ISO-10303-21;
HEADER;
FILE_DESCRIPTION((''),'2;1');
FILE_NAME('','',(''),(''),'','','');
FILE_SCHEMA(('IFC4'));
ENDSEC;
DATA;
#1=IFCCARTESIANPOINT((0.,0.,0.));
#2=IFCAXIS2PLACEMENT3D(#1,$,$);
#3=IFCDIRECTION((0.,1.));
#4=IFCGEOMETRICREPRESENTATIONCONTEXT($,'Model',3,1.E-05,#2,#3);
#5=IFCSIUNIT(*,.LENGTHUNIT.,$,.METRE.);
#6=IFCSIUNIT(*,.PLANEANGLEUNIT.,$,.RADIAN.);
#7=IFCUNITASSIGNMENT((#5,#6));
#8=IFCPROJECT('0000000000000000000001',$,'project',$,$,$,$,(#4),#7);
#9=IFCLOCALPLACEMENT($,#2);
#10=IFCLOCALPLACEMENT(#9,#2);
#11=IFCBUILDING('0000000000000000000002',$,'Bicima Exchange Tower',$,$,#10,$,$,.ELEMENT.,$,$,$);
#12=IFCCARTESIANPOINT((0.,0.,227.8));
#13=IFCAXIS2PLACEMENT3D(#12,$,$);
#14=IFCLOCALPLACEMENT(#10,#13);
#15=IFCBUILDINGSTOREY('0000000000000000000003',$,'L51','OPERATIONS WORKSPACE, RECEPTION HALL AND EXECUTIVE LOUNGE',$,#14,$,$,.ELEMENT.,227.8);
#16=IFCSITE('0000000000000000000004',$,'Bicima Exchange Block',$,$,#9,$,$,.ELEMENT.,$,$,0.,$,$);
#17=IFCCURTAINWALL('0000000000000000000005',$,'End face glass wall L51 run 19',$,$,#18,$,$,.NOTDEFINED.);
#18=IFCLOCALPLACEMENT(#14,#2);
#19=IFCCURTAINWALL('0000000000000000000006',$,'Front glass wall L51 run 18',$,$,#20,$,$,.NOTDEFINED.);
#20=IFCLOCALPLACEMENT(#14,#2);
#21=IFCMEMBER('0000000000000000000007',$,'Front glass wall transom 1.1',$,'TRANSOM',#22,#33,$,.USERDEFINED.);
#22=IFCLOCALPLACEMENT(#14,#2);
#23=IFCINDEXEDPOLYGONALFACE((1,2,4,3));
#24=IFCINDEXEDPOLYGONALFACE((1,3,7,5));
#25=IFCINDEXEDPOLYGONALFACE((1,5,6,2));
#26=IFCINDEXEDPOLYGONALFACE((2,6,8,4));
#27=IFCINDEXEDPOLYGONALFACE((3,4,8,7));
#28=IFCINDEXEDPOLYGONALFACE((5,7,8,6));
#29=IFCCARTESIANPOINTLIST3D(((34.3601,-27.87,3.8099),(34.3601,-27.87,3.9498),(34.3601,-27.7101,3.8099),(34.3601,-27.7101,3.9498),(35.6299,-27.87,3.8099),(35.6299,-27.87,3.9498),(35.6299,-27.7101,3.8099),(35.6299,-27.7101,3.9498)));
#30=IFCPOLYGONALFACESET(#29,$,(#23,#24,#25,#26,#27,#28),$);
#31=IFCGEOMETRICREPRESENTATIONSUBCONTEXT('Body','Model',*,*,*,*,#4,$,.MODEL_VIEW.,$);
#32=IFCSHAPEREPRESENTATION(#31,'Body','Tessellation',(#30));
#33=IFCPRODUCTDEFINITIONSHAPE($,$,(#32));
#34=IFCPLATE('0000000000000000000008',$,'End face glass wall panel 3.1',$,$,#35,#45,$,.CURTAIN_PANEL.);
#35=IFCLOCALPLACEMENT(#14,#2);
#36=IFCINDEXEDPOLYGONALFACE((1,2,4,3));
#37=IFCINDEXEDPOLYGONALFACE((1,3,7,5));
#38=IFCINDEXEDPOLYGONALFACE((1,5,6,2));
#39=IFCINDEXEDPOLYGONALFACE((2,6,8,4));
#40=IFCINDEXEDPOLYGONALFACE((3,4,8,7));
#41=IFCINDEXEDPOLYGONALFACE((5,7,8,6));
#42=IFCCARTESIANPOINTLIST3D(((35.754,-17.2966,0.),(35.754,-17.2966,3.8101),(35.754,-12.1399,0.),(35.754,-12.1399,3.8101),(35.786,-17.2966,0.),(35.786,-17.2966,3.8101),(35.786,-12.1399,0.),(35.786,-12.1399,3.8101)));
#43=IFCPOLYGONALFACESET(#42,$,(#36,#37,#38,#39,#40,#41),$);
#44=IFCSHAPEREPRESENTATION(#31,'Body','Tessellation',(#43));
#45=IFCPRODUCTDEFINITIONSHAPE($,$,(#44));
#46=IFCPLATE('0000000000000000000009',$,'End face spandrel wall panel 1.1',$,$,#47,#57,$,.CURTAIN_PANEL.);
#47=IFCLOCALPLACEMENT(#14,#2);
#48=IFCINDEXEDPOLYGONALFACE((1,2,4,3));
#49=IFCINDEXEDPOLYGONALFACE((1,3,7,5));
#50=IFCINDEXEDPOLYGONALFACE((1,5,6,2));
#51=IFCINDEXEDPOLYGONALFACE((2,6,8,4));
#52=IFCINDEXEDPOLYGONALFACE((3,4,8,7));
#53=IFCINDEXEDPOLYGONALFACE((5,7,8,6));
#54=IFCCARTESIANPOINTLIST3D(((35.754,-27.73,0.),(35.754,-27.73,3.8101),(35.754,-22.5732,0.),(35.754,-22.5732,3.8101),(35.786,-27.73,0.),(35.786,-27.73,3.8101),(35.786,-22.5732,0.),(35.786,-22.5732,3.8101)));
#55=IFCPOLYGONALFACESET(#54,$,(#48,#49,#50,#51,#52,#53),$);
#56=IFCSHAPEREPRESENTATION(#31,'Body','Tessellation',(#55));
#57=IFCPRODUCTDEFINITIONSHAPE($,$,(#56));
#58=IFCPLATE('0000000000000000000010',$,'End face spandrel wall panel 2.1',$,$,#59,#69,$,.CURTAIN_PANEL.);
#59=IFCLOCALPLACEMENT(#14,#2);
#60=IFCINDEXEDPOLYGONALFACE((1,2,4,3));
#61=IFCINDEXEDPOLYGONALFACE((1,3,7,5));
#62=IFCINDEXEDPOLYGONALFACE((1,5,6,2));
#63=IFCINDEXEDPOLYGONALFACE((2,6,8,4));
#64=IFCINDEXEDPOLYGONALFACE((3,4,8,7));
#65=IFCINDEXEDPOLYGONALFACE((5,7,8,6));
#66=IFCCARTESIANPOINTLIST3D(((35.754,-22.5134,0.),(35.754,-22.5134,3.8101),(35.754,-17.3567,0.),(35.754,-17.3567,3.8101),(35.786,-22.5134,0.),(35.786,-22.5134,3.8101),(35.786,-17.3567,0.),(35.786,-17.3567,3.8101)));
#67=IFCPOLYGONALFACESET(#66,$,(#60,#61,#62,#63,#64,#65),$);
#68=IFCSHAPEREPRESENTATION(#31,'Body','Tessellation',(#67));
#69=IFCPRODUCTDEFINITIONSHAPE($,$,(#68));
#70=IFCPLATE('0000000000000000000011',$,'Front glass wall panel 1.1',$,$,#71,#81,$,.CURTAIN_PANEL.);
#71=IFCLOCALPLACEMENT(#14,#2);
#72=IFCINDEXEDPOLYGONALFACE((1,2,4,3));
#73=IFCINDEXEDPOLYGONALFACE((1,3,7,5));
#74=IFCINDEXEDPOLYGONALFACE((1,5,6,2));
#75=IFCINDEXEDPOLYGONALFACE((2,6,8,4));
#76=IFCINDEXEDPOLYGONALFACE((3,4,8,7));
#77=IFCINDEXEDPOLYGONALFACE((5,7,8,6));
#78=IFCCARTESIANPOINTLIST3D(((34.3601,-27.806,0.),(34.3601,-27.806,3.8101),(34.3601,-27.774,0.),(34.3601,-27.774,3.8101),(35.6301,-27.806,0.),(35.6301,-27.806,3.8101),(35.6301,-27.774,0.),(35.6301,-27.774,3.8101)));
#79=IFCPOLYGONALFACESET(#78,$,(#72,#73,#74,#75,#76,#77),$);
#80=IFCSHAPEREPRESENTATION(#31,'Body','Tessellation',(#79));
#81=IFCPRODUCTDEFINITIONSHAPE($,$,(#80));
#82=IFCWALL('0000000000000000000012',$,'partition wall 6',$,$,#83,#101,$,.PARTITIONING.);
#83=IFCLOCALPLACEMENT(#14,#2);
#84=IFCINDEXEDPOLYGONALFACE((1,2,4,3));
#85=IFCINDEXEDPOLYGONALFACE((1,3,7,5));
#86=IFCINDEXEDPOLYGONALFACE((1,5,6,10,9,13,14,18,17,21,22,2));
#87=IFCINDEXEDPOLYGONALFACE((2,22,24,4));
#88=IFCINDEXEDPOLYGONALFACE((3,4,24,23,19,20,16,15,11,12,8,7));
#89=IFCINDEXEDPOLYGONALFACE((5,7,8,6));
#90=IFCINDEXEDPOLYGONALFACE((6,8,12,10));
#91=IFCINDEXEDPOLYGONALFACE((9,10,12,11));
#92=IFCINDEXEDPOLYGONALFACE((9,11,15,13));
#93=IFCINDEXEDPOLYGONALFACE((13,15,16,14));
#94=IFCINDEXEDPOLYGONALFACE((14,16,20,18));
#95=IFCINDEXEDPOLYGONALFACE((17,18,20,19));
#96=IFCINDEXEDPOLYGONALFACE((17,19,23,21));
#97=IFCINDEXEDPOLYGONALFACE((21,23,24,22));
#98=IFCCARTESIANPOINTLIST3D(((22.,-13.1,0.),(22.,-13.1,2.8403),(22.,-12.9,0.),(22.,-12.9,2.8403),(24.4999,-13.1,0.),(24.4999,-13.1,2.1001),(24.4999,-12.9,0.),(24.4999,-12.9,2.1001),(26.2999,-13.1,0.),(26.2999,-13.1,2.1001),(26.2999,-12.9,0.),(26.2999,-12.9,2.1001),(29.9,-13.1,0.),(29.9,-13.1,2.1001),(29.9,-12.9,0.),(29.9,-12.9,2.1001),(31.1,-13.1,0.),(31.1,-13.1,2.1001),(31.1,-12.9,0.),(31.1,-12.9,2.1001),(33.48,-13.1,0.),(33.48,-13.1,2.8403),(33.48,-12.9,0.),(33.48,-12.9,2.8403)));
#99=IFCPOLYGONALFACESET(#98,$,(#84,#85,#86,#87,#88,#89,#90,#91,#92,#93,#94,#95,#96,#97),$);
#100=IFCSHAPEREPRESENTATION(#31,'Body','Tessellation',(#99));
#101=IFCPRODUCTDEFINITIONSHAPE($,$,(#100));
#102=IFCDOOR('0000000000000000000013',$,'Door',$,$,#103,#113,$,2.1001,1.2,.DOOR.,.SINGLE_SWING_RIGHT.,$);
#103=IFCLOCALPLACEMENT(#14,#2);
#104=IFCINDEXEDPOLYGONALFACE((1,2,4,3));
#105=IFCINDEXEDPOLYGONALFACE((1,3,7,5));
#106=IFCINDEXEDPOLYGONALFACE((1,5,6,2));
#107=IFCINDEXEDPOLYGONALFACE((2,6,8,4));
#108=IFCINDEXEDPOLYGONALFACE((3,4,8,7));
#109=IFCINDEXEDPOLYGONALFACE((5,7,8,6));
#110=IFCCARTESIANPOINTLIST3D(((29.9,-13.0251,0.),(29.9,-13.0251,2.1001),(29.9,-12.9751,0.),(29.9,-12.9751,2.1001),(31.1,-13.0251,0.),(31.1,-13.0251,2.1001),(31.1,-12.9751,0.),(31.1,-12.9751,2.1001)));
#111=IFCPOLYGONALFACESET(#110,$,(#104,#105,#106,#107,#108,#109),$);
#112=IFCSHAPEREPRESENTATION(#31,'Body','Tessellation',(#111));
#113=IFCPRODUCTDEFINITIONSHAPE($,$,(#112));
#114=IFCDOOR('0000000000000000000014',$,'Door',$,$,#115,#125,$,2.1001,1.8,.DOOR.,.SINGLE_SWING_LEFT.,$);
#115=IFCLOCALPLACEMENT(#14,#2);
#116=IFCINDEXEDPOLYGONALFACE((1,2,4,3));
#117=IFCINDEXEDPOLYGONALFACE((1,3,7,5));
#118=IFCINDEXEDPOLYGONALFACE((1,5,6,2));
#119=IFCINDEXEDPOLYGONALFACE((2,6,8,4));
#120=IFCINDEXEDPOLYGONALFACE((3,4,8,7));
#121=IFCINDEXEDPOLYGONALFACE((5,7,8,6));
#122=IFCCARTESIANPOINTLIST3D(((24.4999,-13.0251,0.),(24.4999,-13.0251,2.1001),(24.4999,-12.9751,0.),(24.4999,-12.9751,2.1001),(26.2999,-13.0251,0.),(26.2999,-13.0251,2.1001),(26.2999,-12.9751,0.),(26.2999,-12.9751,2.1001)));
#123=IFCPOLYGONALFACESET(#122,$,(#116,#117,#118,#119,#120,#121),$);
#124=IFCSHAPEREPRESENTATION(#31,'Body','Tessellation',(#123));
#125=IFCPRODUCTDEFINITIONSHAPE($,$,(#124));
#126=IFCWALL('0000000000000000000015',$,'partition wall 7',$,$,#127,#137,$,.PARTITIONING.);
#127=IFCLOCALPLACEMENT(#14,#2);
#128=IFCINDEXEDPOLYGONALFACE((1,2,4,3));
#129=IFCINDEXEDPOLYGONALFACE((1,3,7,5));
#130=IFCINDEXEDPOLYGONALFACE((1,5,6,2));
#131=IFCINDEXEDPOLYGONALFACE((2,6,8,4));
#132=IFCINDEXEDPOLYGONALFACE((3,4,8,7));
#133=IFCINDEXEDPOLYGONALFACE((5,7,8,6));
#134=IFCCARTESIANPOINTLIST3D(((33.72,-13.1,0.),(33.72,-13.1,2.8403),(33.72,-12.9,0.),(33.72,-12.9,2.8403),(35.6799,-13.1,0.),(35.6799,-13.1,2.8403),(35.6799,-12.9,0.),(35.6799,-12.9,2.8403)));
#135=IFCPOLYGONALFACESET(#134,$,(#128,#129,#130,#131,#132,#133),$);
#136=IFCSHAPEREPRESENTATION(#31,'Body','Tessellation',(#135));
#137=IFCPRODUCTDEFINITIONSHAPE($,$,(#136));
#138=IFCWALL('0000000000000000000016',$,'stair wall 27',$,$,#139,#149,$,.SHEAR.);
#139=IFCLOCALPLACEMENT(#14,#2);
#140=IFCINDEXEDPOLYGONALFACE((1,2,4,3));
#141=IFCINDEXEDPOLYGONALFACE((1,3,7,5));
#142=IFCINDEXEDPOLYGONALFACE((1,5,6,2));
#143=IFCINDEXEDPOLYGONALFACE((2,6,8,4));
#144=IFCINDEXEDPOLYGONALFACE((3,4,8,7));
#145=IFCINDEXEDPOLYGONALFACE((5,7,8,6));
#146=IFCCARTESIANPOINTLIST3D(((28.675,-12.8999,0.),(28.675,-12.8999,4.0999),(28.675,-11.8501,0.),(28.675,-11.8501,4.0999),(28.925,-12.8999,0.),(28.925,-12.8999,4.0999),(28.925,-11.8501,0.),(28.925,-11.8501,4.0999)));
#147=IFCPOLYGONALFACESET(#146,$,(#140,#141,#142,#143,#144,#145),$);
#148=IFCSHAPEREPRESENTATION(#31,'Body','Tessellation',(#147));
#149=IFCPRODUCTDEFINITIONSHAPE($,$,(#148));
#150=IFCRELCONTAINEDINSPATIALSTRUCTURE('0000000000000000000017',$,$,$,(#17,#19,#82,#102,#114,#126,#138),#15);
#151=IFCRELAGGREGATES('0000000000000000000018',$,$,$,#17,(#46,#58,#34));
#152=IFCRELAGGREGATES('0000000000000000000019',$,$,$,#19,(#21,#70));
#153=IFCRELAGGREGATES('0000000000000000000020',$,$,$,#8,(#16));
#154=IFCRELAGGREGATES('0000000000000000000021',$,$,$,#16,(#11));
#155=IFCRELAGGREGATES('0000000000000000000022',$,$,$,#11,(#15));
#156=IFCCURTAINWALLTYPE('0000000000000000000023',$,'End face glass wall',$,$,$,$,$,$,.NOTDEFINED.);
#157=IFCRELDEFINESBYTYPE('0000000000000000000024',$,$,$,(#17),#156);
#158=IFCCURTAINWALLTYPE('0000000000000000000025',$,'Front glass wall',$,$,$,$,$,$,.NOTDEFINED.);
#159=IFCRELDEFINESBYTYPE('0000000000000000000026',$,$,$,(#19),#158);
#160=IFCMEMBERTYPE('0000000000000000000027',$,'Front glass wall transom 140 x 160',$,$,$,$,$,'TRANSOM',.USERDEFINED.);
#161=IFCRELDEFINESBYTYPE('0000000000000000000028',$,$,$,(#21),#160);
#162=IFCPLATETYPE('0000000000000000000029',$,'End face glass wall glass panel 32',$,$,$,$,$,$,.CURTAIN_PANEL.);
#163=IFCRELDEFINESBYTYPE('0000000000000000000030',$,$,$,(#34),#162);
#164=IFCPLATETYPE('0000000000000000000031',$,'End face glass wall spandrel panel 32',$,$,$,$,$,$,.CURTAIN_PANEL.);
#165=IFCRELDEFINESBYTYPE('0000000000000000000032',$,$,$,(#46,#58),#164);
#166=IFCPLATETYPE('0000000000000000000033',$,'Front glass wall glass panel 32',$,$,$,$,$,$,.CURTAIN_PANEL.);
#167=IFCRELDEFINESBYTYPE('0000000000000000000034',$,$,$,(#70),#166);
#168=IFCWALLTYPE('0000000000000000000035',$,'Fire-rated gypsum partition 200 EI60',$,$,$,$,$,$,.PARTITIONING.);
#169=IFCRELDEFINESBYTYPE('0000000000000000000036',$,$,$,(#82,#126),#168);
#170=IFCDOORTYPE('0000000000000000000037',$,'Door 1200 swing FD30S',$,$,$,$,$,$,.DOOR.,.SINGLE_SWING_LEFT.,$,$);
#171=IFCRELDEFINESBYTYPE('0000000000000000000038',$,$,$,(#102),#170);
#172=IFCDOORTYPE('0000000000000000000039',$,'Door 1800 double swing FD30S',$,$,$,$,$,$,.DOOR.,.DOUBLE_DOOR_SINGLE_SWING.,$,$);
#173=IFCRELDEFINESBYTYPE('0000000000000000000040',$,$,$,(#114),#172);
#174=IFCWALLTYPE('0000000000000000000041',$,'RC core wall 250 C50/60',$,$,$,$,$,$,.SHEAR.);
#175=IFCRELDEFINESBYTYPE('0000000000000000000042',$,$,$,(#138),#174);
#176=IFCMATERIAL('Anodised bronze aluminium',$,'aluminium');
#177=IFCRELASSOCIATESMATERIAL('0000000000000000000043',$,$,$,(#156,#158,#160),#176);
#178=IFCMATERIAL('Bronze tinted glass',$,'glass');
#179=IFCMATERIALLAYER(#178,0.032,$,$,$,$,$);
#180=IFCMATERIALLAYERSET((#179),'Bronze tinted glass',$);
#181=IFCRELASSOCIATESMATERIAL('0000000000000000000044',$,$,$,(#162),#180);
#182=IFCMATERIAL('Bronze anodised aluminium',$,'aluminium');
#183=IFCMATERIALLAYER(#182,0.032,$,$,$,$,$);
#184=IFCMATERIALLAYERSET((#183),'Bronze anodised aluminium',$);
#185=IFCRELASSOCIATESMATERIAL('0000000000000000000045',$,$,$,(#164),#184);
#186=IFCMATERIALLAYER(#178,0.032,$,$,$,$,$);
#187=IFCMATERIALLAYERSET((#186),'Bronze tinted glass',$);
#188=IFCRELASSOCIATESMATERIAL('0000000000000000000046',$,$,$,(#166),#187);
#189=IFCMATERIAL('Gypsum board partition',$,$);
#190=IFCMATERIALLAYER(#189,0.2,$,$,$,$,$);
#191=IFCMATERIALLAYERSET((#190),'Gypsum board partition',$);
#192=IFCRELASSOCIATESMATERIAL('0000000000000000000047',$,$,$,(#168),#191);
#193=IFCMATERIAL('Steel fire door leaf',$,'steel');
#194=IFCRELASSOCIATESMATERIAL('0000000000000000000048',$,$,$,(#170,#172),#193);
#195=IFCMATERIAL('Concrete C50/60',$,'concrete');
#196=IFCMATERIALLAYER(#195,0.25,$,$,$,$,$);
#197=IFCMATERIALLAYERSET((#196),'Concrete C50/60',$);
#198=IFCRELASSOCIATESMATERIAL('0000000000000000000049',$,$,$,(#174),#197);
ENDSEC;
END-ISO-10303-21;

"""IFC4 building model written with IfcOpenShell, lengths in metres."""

from ifc_helpers import new_model, si_unit, direction, frame, frame_2d, origin, origin_2d, place, context, subcontext, project, spatial, rectangle, extrude, material, layer, layer_set, material_profile, profile_set, type_object, element, fill, aggregate, save


model = new_model("IFC4")

# Units and contexts
model_context = context("Model", 3, precision=1e-05, world=origin(), true_north=direction((0.0, 1.0)))
body_context = subcontext(model_context, "Body", "Model", "MODEL_VIEW")
ifc_project = project(units=[si_unit("LENGTHUNIT", "METRE"), si_unit("PLANEANGLEUNIT", "RADIAN")], contexts=[model_context])

# Site, building, storey
site_placement = place(None, origin())
site = spatial("IfcSite", under=ifc_project, at=site_placement, Name="Bicima Exchange Block", CompositionType="ELEMENT", RefElevation=0.0)
building_placement = place(site_placement, origin())
building = spatial("IfcBuilding", under=site, at=building_placement, Name="Bicima Exchange Tower", CompositionType="ELEMENT")
storey_placement = place(building_placement, frame((0.0, 0.0, 227.8)))
storey = spatial("IfcBuildingStorey", under=building, at=storey_placement, Name="L51", Description="OPERATIONS WORKSPACE, RECEPTION HALL AND EXECUTIVE LOUNGE", CompositionType="ELEMENT", Elevation=227.8)

# Curtain wall
ifc_material_1 = material(Name="Anodised bronze aluminium", Category="aluminium")
curtain_wall_type_1 = type_object("IfcCurtainWallType", Name="End face glass wall", PredefinedType="NOTDEFINED", material=ifc_material_1)
curtain_wall_1_placement = place(storey_placement, origin())
curtain_wall_1 = element("IfcCurtainWall", 1, at=curtain_wall_1_placement, inside=storey, type_object=curtain_wall_type_1, Name="End face glass wall L51 run 19", PredefinedType="NOTDEFINED")
ifc_material_profile_1 = material_profile(ifc_material_1, rectangle(XDim=0.1599, YDim=0.1399, at=origin_2d()))
ifc_profile_set_1 = profile_set([ifc_material_profile_1], Name="Anodised bronze aluminium")

# Curtain wall, member
curtain_wall_type_2 = type_object("IfcCurtainWallType", Name="Front glass wall", PredefinedType="NOTDEFINED", material=ifc_material_1)
curtain_wall_2_placement = place(storey_placement, origin())
curtain_wall_2 = element("IfcCurtainWall", 2, at=curtain_wall_2_placement, inside=storey, type_object=curtain_wall_type_2, Name="Front glass wall L51 run 18", PredefinedType="NOTDEFINED")
member_type_1 = type_object("IfcMemberType", Name="Front glass wall transom 140 x 160", ElementType="TRANSOM", PredefinedType="USERDEFINED", material=ifc_profile_set_1)
member_1_placement = place(storey_placement, frame((34.3601, -27.79, 3.8799), z_axis=(1.0, 0.0, 0.0), x_axis=(0.0, 1.0, 0.0)))
member_1 = element("IfcMember", 3, at=member_1_placement, type_object=member_type_1, Name="Front glass wall transom 1.1", ObjectType="TRANSOM", PredefinedType="USERDEFINED", context=body_context, shape_type="SweptSolid", body=[
    extrude(rectangle(XDim=0.1599, YDim=0.1399, at=origin_2d()), origin(), (0.0, 0.0, 1.0), 1.2698),
])

# Plates
ifc_material_2 = material(Name="Bronze tinted glass", Category="glass")
ifc_layer_1 = layer(ifc_material_2, 0.032)
ifc_layer_set_1 = layer_set([ifc_layer_1], Name="Bronze tinted glass")
plate_type_1 = type_object("IfcPlateType", Name="End face glass wall glass panel 32", PredefinedType="CURTAIN_PANEL", material=ifc_layer_set_1)
plate_1_placement = place(storey_placement, frame((35.77, -14.7183, 0.0), z_axis=(0.0, 0.0, 1.0), x_axis=(0.0, 1.0, 0.0)))
plate_1 = element("IfcPlate", 4, at=plate_1_placement, type_object=plate_type_1, Name="End face glass wall panel 3.1", PredefinedType="CURTAIN_PANEL", context=body_context, shape_type="SweptSolid", body=[
    extrude(rectangle(XDim=5.1567, YDim=0.032, at=origin_2d()), origin(), (0.0, 0.0, 1.0), 3.8101),
])
ifc_material_3 = material(Name="Bronze anodised aluminium", Category="aluminium")
ifc_layer_2 = layer(ifc_material_3, 0.032)
ifc_layer_set_2 = layer_set([ifc_layer_2], Name="Bronze anodised aluminium")
plate_type_2 = type_object("IfcPlateType", Name="End face glass wall spandrel panel 32", PredefinedType="CURTAIN_PANEL", material=ifc_layer_set_2)
plate_2_placement = place(storey_placement, frame((35.77, -25.1516, 0.0), z_axis=(0.0, 0.0, 1.0), x_axis=(0.0, 1.0, 0.0)))
plate_2 = element("IfcPlate", 5, at=plate_2_placement, type_object=plate_type_2, Name="End face spandrel wall panel 1.1", PredefinedType="CURTAIN_PANEL", context=body_context, shape_type="SweptSolid", body=[
    extrude(rectangle(XDim=5.1567, YDim=0.032, at=origin_2d()), origin(), (0.0, 0.0, 1.0), 3.8101),
])
plate_3_placement = place(storey_placement, frame((35.77, -19.9351, 0.0), z_axis=(0.0, 0.0, 1.0), x_axis=(0.0, 1.0, 0.0)))
plate_3 = element("IfcPlate", 6, at=plate_3_placement, type_object=plate_type_2, Name="End face spandrel wall panel 2.1", PredefinedType="CURTAIN_PANEL", context=body_context, shape_type="SweptSolid", body=[
    extrude(rectangle(XDim=5.1567, YDim=0.032, at=origin_2d()), origin(), (0.0, 0.0, 1.0), 3.8101),
])
aggregate(curtain_wall_1, [plate_2, plate_3, plate_1])
ifc_layer_3 = layer(ifc_material_2, 0.032)
ifc_layer_set_3 = layer_set([ifc_layer_3], Name="Bronze tinted glass")
plate_type_3 = type_object("IfcPlateType", Name="Front glass wall glass panel 32", PredefinedType="CURTAIN_PANEL", material=ifc_layer_set_3)
plate_4_placement = place(storey_placement, frame((34.9951, -27.79, 0.0), z_axis=(0.0, 0.0, 1.0), x_axis=(1.0, 0.0, 0.0)))
plate_4 = element("IfcPlate", 7, at=plate_4_placement, type_object=plate_type_3, Name="Front glass wall panel 1.1", PredefinedType="CURTAIN_PANEL", context=body_context, shape_type="SweptSolid", body=[
    extrude(rectangle(XDim=1.27, YDim=0.032, at=origin_2d()), origin(), (0.0, 0.0, 1.0), 3.8101),
])
aggregate(curtain_wall_2, [member_1, plate_4])

# Wall, openings, doors
ifc_material_4 = material(Name="Gypsum board partition")
ifc_layer_4 = layer(ifc_material_4, 0.2)
ifc_layer_set_4 = layer_set([ifc_layer_4], Name="Gypsum board partition")
wall_type_1 = type_object("IfcWallType", Name="Fire-rated gypsum partition 200 EI60", PredefinedType="PARTITIONING", material=ifc_layer_set_4)
wall_1_placement = place(storey_placement, frame((22.0, -13.0, 0.0), z_axis=(0.0, 0.0, 1.0), x_axis=(1.0, 0.0, 0.0)))
wall_1 = element("IfcWall", 8, at=wall_1_placement, inside=storey, type_object=wall_type_1, Name="partition wall 6", PredefinedType="PARTITIONING", context=body_context, shape_type="SweptSolid", body=[
    extrude(rectangle(XDim=11.48, YDim=0.2, at=frame_2d((5.74, 0.0))), origin(), (0.0, 0.0, 1.0), 2.8403),
])
opening_1_placement = place(wall_1_placement, frame((7.8999, 0.0, 0.0)))
opening_1 = element("IfcOpeningElement", 9, at=opening_1_placement, cuts=wall_1, PredefinedType="OPENING", context=body_context, shape_type="SweptSolid", body=[
    extrude(rectangle(XDim=1.2, YDim=2.1001, at=frame_2d((0.6001, 1.05))), frame((0.0, 0.1118, 0.0), z_axis=(0.0, -1.0, 0.0), x_axis=(1.0, 0.0, 0.0)), (0.0, 0.0, 1.0), 0.2239),
])
opening_2_placement = place(wall_1_placement, frame((2.5, 0.0, 0.0)))
opening_2 = element("IfcOpeningElement", 10, at=opening_2_placement, cuts=wall_1, PredefinedType="OPENING", context=body_context, shape_type="SweptSolid", body=[
    extrude(rectangle(XDim=1.8, YDim=2.1001, at=frame_2d((0.8999, 1.05))), frame((0.0, 0.1118, 0.0), z_axis=(0.0, -1.0, 0.0), x_axis=(1.0, 0.0, 0.0)), (0.0, 0.0, 1.0), 0.2239),
])
ifc_material_5 = material(Name="Steel fire door leaf", Category="steel")
door_type_1 = type_object("IfcDoorType", Name="Door 1200 swing FD30S", OperationType="SINGLE_SWING_LEFT", PredefinedType="DOOR", material=ifc_material_5)
door_1_placement = place(opening_1_placement, origin())
door_1 = element("IfcDoor", 11, at=door_1_placement, inside=storey, type_object=door_type_1, Name="Door", OperationType="SINGLE_SWING_RIGHT", OverallHeight=2.1001, OverallWidth=1.2, PredefinedType="DOOR", context=body_context, shape_type="SweptSolid", body=[
    extrude(rectangle(XDim=1.2, YDim=2.1001, at=frame_2d((0.6001, 1.05))), frame((0.0, 0.0249, 0.0), z_axis=(0.0, -1.0, 0.0), x_axis=(1.0, 0.0, 0.0)), (0.0, 0.0, 1.0), 0.05),
])
fill(opening_1, door_1)
door_type_2 = type_object("IfcDoorType", Name="Door 1800 double swing FD30S", OperationType="DOUBLE_DOOR_SINGLE_SWING", PredefinedType="DOOR", material=ifc_material_5)
door_2_placement = place(opening_2_placement, origin())
door_2 = element("IfcDoor", 12, at=door_2_placement, inside=storey, type_object=door_type_2, Name="Door", OperationType="SINGLE_SWING_LEFT", OverallHeight=2.1001, OverallWidth=1.8, PredefinedType="DOOR", context=body_context, shape_type="SweptSolid", body=[
    extrude(rectangle(XDim=1.8, YDim=2.1001, at=frame_2d((0.8999, 1.05))), frame((0.0, 0.0249, 0.0), z_axis=(0.0, -1.0, 0.0), x_axis=(1.0, 0.0, 0.0)), (0.0, 0.0, 1.0), 0.05),
])
fill(opening_2, door_2)

# Walls
wall_2_placement = place(storey_placement, frame((33.72, -13.0, 0.0), z_axis=(0.0, 0.0, 1.0), x_axis=(1.0, 0.0, 0.0)))
element("IfcWall", 13, at=wall_2_placement, inside=storey, type_object=wall_type_1, Name="partition wall 7", PredefinedType="PARTITIONING", context=body_context, shape_type="SweptSolid", body=[
    extrude(rectangle(XDim=1.96, YDim=0.2, at=frame_2d((0.98, 0.0))), origin(), (0.0, 0.0, 1.0), 2.8403),
])
ifc_material_6 = material(Name="Concrete C50/60", Category="concrete")
ifc_layer_5 = layer(ifc_material_6, 0.25)
ifc_layer_set_5 = layer_set([ifc_layer_5], Name="Concrete C50/60")
wall_type_2 = type_object("IfcWallType", Name="RC core wall 250 C50/60", PredefinedType="SHEAR", material=ifc_layer_set_5)
wall_3_placement = place(storey_placement, frame((28.8, -12.8999, 0.0), z_axis=(0.0, 0.0, 1.0), x_axis=(0.0, 1.0, 0.0)))
element("IfcWall", 14, at=wall_3_placement, inside=storey, type_object=wall_type_2, Name="stair wall 27", PredefinedType="SHEAR", context=body_context, shape_type="SweptSolid", body=[
    extrude(rectangle(XDim=1.0498, YDim=0.25, at=frame_2d((0.5249, 0.0))), origin(), (0.0, 0.0, 1.0), 4.0999),
])

save(model, "model.ifc")
